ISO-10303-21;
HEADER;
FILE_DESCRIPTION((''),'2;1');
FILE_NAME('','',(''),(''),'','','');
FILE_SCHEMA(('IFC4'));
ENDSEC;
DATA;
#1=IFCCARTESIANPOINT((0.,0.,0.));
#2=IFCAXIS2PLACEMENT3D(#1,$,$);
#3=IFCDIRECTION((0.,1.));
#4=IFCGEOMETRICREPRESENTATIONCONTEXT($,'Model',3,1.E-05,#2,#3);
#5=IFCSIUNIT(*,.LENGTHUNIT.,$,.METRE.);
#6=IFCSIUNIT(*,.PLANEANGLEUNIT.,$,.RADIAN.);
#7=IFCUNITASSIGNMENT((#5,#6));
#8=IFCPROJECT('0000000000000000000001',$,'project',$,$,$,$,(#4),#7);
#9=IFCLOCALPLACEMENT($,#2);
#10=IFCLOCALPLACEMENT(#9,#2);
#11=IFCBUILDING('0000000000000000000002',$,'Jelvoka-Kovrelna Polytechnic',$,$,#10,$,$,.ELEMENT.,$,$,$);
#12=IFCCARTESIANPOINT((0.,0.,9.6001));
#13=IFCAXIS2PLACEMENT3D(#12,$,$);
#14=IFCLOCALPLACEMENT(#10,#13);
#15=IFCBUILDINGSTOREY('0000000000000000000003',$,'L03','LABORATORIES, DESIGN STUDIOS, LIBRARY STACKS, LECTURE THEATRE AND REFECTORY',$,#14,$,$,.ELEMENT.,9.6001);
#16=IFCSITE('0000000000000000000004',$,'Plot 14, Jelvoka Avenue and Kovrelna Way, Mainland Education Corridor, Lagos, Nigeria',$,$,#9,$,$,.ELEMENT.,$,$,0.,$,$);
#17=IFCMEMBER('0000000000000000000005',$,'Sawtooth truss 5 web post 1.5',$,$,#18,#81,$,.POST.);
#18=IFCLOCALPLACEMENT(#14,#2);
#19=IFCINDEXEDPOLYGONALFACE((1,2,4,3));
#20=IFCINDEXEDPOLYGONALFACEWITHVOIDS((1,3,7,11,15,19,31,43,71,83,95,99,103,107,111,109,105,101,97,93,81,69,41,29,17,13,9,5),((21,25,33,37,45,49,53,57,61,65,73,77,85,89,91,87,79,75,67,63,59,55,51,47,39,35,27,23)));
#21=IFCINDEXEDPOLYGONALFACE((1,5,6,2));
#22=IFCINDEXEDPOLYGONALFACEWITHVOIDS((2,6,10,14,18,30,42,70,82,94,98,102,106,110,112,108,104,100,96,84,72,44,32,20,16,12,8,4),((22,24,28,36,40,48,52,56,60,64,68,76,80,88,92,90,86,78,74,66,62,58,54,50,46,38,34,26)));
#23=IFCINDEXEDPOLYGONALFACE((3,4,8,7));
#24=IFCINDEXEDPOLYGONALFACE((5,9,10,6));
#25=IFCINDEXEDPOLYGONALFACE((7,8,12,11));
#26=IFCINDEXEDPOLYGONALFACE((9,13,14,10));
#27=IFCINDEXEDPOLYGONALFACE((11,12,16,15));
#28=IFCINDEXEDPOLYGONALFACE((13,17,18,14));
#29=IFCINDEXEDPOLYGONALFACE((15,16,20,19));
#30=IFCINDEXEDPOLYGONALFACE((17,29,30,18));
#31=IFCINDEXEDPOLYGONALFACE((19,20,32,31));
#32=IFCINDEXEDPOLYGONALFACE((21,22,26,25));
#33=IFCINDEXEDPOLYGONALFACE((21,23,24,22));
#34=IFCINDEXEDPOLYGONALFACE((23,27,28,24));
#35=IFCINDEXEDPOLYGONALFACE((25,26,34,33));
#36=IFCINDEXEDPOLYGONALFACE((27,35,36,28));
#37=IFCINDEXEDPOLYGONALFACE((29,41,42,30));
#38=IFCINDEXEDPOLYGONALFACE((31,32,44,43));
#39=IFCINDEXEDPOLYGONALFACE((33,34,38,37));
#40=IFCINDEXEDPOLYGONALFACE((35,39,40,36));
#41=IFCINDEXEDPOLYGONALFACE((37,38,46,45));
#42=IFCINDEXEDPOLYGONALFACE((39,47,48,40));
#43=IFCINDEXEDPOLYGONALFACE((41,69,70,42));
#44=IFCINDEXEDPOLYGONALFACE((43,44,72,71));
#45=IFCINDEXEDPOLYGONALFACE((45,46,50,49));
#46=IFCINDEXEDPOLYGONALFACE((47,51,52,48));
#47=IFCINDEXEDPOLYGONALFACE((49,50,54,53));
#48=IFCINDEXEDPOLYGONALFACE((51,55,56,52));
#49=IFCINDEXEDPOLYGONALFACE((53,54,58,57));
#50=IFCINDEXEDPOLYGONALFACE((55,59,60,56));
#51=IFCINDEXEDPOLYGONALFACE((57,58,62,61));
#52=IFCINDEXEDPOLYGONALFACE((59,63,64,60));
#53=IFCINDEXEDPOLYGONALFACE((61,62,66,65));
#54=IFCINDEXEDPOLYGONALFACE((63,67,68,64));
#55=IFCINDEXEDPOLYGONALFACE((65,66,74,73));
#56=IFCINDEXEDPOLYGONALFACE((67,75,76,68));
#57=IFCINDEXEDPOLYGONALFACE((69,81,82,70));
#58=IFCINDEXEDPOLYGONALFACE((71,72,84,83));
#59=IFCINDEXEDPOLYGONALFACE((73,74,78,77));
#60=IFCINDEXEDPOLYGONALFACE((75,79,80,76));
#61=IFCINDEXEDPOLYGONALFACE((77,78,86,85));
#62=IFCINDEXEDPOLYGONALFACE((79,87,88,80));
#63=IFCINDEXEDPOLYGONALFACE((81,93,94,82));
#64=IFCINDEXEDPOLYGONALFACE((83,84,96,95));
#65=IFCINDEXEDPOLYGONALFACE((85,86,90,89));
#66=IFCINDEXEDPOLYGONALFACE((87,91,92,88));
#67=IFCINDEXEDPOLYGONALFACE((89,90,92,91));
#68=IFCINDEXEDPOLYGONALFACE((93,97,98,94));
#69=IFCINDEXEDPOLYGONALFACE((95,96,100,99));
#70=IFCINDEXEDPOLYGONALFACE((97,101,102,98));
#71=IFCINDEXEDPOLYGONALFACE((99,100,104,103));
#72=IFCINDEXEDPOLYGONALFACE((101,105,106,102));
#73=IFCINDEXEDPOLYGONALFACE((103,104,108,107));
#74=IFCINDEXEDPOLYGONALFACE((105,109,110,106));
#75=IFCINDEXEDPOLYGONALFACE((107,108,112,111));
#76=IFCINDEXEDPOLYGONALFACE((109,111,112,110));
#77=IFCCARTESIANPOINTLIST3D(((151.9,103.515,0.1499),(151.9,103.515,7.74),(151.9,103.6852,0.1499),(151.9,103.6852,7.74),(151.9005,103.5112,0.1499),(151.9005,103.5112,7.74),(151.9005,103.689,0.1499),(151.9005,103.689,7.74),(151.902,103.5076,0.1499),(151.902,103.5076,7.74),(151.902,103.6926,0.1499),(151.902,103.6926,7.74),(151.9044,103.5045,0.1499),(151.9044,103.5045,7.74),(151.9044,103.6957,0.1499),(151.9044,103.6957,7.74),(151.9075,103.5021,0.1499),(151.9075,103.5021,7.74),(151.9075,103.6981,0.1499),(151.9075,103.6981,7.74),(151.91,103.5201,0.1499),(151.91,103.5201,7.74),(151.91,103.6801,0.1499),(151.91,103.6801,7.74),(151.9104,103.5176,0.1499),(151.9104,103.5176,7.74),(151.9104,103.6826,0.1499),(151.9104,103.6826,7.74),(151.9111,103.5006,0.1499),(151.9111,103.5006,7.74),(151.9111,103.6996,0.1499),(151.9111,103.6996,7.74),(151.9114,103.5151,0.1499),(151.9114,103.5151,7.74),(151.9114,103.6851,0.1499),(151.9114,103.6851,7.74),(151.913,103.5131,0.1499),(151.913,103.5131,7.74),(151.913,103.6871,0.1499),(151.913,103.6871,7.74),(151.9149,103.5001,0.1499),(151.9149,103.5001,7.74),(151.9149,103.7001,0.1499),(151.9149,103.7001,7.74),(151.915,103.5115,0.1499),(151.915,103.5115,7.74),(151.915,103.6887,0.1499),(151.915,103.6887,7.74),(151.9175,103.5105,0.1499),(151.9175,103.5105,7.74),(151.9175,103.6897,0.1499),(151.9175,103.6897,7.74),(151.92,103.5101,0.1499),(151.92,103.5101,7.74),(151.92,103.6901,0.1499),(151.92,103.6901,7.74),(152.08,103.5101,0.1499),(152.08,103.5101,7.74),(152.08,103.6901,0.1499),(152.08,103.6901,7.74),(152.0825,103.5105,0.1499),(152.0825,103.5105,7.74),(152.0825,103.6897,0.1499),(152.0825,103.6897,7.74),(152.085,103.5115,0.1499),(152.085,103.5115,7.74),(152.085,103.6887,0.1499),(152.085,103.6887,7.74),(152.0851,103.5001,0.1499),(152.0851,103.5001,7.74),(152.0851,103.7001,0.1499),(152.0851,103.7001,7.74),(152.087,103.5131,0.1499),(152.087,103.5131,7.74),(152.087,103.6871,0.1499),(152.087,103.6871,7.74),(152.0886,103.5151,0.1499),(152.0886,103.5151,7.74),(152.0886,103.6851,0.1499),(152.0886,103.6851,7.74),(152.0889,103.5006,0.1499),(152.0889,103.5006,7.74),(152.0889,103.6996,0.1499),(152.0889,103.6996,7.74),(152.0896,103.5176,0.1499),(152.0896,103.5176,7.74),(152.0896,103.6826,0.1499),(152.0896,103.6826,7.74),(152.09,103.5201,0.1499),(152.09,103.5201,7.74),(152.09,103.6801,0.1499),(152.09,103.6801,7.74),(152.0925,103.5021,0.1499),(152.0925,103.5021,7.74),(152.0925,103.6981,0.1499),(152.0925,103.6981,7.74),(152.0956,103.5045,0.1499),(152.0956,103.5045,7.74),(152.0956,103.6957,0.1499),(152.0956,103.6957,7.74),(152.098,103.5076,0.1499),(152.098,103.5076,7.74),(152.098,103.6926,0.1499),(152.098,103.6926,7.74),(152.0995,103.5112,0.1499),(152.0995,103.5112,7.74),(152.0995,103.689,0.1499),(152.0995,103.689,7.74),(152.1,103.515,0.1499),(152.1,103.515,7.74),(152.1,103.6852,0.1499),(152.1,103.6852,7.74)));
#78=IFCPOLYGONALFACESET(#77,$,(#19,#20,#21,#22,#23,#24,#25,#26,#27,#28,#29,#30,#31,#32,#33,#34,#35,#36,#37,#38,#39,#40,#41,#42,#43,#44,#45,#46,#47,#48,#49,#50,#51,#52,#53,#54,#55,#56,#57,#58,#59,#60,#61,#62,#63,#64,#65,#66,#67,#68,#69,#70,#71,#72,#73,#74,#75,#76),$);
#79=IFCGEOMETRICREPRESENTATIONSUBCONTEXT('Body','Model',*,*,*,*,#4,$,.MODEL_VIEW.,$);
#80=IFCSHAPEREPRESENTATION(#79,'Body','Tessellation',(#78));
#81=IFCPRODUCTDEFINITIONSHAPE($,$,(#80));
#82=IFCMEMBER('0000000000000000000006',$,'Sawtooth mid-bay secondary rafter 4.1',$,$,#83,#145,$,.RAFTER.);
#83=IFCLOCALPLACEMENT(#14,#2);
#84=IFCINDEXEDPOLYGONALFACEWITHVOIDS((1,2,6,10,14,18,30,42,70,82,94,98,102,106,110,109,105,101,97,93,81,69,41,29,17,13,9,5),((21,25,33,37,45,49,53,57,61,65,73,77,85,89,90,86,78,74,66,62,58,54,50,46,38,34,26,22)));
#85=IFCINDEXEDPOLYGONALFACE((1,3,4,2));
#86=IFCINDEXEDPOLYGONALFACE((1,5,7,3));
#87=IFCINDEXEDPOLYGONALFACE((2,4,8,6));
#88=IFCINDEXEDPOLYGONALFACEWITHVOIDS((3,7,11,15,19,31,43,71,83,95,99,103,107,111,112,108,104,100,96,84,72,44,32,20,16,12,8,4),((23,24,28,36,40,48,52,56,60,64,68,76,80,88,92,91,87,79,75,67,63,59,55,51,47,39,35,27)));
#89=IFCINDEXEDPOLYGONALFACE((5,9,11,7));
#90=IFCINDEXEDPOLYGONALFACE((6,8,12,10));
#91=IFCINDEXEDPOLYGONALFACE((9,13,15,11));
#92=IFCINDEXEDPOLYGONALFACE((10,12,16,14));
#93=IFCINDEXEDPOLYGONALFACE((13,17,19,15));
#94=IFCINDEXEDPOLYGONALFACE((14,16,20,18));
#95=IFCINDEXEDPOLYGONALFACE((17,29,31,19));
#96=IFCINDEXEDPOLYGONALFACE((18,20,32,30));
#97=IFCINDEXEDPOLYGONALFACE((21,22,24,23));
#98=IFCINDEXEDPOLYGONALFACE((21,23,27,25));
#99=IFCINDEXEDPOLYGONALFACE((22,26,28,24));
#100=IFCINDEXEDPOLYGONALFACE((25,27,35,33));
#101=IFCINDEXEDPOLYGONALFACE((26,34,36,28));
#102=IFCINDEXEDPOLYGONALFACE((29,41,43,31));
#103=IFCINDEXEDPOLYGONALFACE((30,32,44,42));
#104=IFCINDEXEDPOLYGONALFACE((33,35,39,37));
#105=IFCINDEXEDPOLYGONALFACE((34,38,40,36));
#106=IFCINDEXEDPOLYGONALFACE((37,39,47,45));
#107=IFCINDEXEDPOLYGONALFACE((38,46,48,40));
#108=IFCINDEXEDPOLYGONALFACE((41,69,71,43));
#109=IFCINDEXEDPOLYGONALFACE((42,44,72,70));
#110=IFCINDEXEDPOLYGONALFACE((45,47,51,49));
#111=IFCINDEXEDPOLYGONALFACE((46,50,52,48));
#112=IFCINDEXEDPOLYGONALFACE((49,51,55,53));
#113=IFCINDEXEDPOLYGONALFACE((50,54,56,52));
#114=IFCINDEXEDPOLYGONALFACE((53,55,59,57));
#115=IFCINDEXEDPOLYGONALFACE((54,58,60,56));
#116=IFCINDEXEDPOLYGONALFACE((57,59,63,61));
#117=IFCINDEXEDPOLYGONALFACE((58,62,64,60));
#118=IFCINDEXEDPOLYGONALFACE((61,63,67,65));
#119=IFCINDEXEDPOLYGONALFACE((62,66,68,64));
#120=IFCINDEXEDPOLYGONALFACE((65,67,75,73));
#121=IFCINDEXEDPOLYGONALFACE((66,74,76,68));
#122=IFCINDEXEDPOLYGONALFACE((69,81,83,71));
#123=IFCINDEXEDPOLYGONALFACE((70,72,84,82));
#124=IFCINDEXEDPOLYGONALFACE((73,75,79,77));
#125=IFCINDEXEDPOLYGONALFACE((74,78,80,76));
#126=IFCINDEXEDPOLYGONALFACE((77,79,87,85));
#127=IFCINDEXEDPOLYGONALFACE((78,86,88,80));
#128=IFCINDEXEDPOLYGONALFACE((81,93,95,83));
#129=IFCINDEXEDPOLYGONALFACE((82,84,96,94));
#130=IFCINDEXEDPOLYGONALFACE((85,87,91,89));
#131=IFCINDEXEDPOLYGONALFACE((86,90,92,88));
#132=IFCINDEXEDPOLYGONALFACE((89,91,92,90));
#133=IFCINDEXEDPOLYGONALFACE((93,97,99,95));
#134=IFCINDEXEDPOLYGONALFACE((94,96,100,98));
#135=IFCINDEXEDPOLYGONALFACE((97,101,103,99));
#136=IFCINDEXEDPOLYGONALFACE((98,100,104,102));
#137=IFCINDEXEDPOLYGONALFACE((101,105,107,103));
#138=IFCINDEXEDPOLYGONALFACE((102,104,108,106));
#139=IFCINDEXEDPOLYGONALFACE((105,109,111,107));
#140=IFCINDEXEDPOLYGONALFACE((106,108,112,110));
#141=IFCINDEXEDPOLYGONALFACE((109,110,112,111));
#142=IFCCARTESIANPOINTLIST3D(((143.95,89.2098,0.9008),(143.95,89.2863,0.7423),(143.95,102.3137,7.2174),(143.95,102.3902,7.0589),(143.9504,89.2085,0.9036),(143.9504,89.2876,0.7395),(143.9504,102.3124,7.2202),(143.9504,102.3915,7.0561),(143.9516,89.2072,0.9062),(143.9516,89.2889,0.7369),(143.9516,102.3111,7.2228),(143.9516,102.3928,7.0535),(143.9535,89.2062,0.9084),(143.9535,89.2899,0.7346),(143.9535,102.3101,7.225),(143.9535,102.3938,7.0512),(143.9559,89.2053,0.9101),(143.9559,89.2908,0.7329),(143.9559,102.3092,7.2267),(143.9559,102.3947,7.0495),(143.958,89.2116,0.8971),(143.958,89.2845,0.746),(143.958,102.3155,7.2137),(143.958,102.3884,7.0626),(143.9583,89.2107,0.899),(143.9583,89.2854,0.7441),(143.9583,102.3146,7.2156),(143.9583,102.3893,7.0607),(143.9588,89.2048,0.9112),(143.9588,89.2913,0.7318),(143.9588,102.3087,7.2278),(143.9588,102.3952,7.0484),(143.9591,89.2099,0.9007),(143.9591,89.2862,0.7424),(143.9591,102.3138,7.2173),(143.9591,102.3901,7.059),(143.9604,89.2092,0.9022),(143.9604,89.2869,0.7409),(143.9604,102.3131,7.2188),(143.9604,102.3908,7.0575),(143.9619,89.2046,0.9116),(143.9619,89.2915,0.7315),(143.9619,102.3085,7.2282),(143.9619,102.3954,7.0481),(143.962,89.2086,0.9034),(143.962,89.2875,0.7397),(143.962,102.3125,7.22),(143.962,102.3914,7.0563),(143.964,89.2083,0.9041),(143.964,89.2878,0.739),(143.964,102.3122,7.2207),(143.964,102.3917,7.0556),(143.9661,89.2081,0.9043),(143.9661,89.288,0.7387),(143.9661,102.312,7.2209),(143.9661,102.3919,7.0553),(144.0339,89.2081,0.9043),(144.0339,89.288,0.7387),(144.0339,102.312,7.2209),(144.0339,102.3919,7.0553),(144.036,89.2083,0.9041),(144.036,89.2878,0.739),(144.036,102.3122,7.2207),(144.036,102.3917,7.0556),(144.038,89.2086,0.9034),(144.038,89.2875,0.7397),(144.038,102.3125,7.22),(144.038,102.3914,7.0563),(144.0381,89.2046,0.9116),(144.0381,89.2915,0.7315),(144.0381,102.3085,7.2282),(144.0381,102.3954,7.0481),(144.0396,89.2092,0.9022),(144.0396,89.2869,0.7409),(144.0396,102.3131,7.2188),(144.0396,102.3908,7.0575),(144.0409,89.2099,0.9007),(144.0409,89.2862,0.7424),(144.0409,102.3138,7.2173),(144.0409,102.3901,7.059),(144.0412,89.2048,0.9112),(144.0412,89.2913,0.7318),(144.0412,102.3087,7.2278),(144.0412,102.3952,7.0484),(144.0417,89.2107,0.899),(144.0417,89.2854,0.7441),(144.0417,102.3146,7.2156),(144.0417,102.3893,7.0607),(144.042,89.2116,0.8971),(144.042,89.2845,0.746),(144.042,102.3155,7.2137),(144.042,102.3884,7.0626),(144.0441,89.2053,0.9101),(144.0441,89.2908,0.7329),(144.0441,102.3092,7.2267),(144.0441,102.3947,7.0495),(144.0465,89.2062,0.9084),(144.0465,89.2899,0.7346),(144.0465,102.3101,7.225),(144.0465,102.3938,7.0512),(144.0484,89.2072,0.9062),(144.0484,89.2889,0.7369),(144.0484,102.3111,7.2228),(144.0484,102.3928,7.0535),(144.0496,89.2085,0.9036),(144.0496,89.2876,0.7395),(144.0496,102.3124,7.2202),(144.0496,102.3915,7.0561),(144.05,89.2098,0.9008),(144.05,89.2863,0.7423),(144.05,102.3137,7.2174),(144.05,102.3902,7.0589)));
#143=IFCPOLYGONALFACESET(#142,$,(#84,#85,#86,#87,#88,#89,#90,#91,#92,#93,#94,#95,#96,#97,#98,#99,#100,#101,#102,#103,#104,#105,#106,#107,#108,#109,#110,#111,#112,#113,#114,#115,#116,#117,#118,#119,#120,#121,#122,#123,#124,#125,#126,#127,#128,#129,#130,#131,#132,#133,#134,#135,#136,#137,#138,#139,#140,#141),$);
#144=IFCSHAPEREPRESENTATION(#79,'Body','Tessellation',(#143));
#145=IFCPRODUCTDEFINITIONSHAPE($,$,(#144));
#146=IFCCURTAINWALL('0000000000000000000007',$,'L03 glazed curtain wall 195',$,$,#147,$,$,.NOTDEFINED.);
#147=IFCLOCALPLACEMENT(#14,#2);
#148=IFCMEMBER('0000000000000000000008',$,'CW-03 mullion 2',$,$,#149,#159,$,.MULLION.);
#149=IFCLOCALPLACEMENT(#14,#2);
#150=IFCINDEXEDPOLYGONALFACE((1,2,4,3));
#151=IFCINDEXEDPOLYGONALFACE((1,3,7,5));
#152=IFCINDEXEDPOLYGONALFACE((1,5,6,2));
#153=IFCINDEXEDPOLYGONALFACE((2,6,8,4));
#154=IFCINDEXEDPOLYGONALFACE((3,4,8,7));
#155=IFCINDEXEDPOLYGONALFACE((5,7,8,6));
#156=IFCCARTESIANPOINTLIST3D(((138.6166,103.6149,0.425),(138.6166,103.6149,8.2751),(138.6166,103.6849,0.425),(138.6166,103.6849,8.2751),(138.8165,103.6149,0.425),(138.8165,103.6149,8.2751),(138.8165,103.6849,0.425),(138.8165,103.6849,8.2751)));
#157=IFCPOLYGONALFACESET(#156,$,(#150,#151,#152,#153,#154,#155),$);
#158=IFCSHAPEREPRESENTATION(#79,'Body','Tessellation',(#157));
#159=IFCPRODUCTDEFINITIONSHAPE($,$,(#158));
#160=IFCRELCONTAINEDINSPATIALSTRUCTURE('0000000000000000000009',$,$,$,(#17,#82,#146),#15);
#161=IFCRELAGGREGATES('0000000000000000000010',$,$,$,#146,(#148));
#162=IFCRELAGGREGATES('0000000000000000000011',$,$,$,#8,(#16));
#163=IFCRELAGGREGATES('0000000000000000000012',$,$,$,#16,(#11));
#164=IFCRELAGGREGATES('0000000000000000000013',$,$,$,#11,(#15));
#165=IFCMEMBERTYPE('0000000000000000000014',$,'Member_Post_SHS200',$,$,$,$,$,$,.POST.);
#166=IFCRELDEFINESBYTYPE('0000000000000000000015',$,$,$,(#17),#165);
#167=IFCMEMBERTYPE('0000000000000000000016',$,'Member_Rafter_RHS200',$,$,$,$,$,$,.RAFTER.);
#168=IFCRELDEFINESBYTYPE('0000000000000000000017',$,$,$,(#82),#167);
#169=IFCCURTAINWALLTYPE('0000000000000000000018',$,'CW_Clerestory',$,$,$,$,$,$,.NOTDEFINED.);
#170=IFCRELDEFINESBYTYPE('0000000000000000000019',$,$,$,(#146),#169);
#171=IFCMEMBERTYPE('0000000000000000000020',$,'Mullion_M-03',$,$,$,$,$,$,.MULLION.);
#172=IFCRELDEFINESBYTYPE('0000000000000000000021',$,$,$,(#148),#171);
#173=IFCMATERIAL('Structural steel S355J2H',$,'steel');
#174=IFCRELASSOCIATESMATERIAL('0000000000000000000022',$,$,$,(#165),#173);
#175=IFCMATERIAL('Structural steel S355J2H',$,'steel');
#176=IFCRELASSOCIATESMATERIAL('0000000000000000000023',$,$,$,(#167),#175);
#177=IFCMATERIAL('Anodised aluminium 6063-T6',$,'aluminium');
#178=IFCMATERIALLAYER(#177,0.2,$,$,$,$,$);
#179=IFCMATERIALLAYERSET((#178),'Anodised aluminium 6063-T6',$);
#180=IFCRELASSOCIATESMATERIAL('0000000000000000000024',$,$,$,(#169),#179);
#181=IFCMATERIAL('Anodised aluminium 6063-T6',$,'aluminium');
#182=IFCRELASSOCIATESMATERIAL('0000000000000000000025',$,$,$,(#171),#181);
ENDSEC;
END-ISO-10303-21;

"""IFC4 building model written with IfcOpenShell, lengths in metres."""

from ifc_helpers import new_model, si_unit, direction, frame, origin, origin_2d, place, context, subcontext, project, spatial, rectangle, hollow_rectangle, extrude, material, layer, layer_set, material_profile, profile_set, type_object, element, aggregate, save


model = new_model("IFC4")

# Units and contexts
model_context = context("Model", 3, precision=1e-05, world=origin(), true_north=direction((0.0, 1.0)))
body_context = subcontext(model_context, "Body", "Model", "MODEL_VIEW")
ifc_project = project(units=[si_unit("LENGTHUNIT", "METRE"), si_unit("PLANEANGLEUNIT", "RADIAN")], contexts=[model_context])

# Site, building, storey
site_placement = place(None, origin())
site = spatial("IfcSite", under=ifc_project, at=site_placement, Name="Plot 14, Jelvoka Avenue and Kovrelna Way, Mainland Education Corridor, Lagos, Nigeria", CompositionType="ELEMENT", RefElevation=0.0)
building_placement = place(site_placement, origin())
building = spatial("IfcBuilding", under=site, at=building_placement, Name="Jelvoka-Kovrelna Polytechnic", CompositionType="ELEMENT")
storey_placement = place(building_placement, frame((0.0, 0.0, 9.6001)))
storey = spatial("IfcBuildingStorey", under=building, at=storey_placement, Name="L03", Description="LABORATORIES, DESIGN STUDIOS, LIBRARY STACKS, LECTURE THEATRE AND REFECTORY", CompositionType="ELEMENT", Elevation=9.6001)

# Members
ifc_material_1 = material(Name="Structural steel S355J2H", Category="steel")
ifc_material_profile_1 = material_profile(ifc_material_1, hollow_rectangle(XDim=0.2, YDim=0.2, WallThickness=0.01, InnerFilletRadius=0.01, OuterFilletRadius=0.0149, at=origin_2d()), Name="200x200x10.0 SHS")
ifc_profile_set_1 = profile_set([ifc_material_profile_1], Name="Structural steel S355J2H")
member_type_1 = type_object("IfcMemberType", Name="Member_Post_SHS200", PredefinedType="POST", material=ifc_profile_set_1)
member_1_placement = place(storey_placement, frame((152.0, 103.6001, 0.1499), z_axis=(0.0, 0.0, 1.0), x_axis=(1.0, 0.0, 0.0)))
element("IfcMember", 1, at=member_1_placement, inside=storey, type_object=member_type_1, Name="Sawtooth truss 5 web post 1.5", PredefinedType="POST", context=body_context, shape_type="SweptSolid", body=[
    extrude(hollow_rectangle(XDim=0.2, YDim=0.2, WallThickness=0.01, InnerFilletRadius=0.01, OuterFilletRadius=0.0149, at=origin_2d()), origin(), (0.0, 0.0, 1.0), 7.5901),
])
ifc_material_2 = material(Name="Structural steel S355J2H", Category="steel")
ifc_material_profile_2 = material_profile(ifc_material_2, hollow_rectangle(XDim=0.1001, YDim=0.2, WallThickness=0.0081, InnerFilletRadius=0.0081, OuterFilletRadius=0.012, at=origin_2d()), Name="200x100x8.0 RHS")
ifc_profile_set_2 = profile_set([ifc_material_profile_2], Name="Structural steel S355J2H")
member_type_2 = type_object("IfcMemberType", Name="Member_Rafter_RHS200", PredefinedType="RAFTER", material=ifc_profile_set_2)
member_2_placement = place(storey_placement, frame((144.0, 89.248, 0.8215), z_axis=(0.0, 0.900805, 0.434224), x_axis=(-1.0, 0.0, 0.0)))
element("IfcMember", 2, at=member_2_placement, inside=storey, type_object=member_type_2, Name="Sawtooth mid-bay secondary rafter 4.1", PredefinedType="RAFTER", context=body_context, shape_type="SweptSolid", body=[
    extrude(hollow_rectangle(XDim=0.1001, YDim=0.2, WallThickness=0.0081, InnerFilletRadius=0.0081, OuterFilletRadius=0.012, at=origin_2d()), origin(), (0.0, 0.0, 1.0), 14.5469),
])

# Curtain wall, member
ifc_material_3 = material(Name="Anodised aluminium 6063-T6", Category="aluminium")
ifc_layer_1 = layer(ifc_material_3, 0.2)
ifc_layer_set_1 = layer_set([ifc_layer_1], Name="Anodised aluminium 6063-T6")
curtain_wall_type = type_object("IfcCurtainWallType", Name="CW_Clerestory", PredefinedType="NOTDEFINED", material=ifc_layer_set_1)
curtain_wall_placement = place(storey_placement, origin())
curtain_wall = element("IfcCurtainWall", 3, at=curtain_wall_placement, inside=storey, type_object=curtain_wall_type, Name="L03 glazed curtain wall 195", PredefinedType="NOTDEFINED")
ifc_material_4 = material(Name="Anodised aluminium 6063-T6", Category="aluminium")
ifc_material_profile_3 = material_profile(ifc_material_4, rectangle(XDim=0.0701, YDim=0.2, at=origin_2d()), Name="ALU 70x200")
ifc_profile_set_3 = profile_set([ifc_material_profile_3], Name="Anodised aluminium 6063-T6")
member_type_3 = type_object("IfcMemberType", Name="Mullion_M-03", PredefinedType="MULLION", material=ifc_profile_set_3)
member_3_placement = place(storey_placement, frame((138.7166, 103.6499, 0.425), z_axis=(0.0, 0.0, 1.0), x_axis=(0.0, 1.0, 0.0)))
member_3 = element("IfcMember", 4, at=member_3_placement, type_object=member_type_3, Name="CW-03 mullion 2", PredefinedType="MULLION", context=body_context, shape_type="SweptSolid", body=[
    extrude(rectangle(XDim=0.0701, YDim=0.2, at=origin_2d()), origin(), (0.0, 0.0, 1.0), 7.8501),
])

aggregate(curtain_wall, [member_3])

save(model, "model.ifc")
